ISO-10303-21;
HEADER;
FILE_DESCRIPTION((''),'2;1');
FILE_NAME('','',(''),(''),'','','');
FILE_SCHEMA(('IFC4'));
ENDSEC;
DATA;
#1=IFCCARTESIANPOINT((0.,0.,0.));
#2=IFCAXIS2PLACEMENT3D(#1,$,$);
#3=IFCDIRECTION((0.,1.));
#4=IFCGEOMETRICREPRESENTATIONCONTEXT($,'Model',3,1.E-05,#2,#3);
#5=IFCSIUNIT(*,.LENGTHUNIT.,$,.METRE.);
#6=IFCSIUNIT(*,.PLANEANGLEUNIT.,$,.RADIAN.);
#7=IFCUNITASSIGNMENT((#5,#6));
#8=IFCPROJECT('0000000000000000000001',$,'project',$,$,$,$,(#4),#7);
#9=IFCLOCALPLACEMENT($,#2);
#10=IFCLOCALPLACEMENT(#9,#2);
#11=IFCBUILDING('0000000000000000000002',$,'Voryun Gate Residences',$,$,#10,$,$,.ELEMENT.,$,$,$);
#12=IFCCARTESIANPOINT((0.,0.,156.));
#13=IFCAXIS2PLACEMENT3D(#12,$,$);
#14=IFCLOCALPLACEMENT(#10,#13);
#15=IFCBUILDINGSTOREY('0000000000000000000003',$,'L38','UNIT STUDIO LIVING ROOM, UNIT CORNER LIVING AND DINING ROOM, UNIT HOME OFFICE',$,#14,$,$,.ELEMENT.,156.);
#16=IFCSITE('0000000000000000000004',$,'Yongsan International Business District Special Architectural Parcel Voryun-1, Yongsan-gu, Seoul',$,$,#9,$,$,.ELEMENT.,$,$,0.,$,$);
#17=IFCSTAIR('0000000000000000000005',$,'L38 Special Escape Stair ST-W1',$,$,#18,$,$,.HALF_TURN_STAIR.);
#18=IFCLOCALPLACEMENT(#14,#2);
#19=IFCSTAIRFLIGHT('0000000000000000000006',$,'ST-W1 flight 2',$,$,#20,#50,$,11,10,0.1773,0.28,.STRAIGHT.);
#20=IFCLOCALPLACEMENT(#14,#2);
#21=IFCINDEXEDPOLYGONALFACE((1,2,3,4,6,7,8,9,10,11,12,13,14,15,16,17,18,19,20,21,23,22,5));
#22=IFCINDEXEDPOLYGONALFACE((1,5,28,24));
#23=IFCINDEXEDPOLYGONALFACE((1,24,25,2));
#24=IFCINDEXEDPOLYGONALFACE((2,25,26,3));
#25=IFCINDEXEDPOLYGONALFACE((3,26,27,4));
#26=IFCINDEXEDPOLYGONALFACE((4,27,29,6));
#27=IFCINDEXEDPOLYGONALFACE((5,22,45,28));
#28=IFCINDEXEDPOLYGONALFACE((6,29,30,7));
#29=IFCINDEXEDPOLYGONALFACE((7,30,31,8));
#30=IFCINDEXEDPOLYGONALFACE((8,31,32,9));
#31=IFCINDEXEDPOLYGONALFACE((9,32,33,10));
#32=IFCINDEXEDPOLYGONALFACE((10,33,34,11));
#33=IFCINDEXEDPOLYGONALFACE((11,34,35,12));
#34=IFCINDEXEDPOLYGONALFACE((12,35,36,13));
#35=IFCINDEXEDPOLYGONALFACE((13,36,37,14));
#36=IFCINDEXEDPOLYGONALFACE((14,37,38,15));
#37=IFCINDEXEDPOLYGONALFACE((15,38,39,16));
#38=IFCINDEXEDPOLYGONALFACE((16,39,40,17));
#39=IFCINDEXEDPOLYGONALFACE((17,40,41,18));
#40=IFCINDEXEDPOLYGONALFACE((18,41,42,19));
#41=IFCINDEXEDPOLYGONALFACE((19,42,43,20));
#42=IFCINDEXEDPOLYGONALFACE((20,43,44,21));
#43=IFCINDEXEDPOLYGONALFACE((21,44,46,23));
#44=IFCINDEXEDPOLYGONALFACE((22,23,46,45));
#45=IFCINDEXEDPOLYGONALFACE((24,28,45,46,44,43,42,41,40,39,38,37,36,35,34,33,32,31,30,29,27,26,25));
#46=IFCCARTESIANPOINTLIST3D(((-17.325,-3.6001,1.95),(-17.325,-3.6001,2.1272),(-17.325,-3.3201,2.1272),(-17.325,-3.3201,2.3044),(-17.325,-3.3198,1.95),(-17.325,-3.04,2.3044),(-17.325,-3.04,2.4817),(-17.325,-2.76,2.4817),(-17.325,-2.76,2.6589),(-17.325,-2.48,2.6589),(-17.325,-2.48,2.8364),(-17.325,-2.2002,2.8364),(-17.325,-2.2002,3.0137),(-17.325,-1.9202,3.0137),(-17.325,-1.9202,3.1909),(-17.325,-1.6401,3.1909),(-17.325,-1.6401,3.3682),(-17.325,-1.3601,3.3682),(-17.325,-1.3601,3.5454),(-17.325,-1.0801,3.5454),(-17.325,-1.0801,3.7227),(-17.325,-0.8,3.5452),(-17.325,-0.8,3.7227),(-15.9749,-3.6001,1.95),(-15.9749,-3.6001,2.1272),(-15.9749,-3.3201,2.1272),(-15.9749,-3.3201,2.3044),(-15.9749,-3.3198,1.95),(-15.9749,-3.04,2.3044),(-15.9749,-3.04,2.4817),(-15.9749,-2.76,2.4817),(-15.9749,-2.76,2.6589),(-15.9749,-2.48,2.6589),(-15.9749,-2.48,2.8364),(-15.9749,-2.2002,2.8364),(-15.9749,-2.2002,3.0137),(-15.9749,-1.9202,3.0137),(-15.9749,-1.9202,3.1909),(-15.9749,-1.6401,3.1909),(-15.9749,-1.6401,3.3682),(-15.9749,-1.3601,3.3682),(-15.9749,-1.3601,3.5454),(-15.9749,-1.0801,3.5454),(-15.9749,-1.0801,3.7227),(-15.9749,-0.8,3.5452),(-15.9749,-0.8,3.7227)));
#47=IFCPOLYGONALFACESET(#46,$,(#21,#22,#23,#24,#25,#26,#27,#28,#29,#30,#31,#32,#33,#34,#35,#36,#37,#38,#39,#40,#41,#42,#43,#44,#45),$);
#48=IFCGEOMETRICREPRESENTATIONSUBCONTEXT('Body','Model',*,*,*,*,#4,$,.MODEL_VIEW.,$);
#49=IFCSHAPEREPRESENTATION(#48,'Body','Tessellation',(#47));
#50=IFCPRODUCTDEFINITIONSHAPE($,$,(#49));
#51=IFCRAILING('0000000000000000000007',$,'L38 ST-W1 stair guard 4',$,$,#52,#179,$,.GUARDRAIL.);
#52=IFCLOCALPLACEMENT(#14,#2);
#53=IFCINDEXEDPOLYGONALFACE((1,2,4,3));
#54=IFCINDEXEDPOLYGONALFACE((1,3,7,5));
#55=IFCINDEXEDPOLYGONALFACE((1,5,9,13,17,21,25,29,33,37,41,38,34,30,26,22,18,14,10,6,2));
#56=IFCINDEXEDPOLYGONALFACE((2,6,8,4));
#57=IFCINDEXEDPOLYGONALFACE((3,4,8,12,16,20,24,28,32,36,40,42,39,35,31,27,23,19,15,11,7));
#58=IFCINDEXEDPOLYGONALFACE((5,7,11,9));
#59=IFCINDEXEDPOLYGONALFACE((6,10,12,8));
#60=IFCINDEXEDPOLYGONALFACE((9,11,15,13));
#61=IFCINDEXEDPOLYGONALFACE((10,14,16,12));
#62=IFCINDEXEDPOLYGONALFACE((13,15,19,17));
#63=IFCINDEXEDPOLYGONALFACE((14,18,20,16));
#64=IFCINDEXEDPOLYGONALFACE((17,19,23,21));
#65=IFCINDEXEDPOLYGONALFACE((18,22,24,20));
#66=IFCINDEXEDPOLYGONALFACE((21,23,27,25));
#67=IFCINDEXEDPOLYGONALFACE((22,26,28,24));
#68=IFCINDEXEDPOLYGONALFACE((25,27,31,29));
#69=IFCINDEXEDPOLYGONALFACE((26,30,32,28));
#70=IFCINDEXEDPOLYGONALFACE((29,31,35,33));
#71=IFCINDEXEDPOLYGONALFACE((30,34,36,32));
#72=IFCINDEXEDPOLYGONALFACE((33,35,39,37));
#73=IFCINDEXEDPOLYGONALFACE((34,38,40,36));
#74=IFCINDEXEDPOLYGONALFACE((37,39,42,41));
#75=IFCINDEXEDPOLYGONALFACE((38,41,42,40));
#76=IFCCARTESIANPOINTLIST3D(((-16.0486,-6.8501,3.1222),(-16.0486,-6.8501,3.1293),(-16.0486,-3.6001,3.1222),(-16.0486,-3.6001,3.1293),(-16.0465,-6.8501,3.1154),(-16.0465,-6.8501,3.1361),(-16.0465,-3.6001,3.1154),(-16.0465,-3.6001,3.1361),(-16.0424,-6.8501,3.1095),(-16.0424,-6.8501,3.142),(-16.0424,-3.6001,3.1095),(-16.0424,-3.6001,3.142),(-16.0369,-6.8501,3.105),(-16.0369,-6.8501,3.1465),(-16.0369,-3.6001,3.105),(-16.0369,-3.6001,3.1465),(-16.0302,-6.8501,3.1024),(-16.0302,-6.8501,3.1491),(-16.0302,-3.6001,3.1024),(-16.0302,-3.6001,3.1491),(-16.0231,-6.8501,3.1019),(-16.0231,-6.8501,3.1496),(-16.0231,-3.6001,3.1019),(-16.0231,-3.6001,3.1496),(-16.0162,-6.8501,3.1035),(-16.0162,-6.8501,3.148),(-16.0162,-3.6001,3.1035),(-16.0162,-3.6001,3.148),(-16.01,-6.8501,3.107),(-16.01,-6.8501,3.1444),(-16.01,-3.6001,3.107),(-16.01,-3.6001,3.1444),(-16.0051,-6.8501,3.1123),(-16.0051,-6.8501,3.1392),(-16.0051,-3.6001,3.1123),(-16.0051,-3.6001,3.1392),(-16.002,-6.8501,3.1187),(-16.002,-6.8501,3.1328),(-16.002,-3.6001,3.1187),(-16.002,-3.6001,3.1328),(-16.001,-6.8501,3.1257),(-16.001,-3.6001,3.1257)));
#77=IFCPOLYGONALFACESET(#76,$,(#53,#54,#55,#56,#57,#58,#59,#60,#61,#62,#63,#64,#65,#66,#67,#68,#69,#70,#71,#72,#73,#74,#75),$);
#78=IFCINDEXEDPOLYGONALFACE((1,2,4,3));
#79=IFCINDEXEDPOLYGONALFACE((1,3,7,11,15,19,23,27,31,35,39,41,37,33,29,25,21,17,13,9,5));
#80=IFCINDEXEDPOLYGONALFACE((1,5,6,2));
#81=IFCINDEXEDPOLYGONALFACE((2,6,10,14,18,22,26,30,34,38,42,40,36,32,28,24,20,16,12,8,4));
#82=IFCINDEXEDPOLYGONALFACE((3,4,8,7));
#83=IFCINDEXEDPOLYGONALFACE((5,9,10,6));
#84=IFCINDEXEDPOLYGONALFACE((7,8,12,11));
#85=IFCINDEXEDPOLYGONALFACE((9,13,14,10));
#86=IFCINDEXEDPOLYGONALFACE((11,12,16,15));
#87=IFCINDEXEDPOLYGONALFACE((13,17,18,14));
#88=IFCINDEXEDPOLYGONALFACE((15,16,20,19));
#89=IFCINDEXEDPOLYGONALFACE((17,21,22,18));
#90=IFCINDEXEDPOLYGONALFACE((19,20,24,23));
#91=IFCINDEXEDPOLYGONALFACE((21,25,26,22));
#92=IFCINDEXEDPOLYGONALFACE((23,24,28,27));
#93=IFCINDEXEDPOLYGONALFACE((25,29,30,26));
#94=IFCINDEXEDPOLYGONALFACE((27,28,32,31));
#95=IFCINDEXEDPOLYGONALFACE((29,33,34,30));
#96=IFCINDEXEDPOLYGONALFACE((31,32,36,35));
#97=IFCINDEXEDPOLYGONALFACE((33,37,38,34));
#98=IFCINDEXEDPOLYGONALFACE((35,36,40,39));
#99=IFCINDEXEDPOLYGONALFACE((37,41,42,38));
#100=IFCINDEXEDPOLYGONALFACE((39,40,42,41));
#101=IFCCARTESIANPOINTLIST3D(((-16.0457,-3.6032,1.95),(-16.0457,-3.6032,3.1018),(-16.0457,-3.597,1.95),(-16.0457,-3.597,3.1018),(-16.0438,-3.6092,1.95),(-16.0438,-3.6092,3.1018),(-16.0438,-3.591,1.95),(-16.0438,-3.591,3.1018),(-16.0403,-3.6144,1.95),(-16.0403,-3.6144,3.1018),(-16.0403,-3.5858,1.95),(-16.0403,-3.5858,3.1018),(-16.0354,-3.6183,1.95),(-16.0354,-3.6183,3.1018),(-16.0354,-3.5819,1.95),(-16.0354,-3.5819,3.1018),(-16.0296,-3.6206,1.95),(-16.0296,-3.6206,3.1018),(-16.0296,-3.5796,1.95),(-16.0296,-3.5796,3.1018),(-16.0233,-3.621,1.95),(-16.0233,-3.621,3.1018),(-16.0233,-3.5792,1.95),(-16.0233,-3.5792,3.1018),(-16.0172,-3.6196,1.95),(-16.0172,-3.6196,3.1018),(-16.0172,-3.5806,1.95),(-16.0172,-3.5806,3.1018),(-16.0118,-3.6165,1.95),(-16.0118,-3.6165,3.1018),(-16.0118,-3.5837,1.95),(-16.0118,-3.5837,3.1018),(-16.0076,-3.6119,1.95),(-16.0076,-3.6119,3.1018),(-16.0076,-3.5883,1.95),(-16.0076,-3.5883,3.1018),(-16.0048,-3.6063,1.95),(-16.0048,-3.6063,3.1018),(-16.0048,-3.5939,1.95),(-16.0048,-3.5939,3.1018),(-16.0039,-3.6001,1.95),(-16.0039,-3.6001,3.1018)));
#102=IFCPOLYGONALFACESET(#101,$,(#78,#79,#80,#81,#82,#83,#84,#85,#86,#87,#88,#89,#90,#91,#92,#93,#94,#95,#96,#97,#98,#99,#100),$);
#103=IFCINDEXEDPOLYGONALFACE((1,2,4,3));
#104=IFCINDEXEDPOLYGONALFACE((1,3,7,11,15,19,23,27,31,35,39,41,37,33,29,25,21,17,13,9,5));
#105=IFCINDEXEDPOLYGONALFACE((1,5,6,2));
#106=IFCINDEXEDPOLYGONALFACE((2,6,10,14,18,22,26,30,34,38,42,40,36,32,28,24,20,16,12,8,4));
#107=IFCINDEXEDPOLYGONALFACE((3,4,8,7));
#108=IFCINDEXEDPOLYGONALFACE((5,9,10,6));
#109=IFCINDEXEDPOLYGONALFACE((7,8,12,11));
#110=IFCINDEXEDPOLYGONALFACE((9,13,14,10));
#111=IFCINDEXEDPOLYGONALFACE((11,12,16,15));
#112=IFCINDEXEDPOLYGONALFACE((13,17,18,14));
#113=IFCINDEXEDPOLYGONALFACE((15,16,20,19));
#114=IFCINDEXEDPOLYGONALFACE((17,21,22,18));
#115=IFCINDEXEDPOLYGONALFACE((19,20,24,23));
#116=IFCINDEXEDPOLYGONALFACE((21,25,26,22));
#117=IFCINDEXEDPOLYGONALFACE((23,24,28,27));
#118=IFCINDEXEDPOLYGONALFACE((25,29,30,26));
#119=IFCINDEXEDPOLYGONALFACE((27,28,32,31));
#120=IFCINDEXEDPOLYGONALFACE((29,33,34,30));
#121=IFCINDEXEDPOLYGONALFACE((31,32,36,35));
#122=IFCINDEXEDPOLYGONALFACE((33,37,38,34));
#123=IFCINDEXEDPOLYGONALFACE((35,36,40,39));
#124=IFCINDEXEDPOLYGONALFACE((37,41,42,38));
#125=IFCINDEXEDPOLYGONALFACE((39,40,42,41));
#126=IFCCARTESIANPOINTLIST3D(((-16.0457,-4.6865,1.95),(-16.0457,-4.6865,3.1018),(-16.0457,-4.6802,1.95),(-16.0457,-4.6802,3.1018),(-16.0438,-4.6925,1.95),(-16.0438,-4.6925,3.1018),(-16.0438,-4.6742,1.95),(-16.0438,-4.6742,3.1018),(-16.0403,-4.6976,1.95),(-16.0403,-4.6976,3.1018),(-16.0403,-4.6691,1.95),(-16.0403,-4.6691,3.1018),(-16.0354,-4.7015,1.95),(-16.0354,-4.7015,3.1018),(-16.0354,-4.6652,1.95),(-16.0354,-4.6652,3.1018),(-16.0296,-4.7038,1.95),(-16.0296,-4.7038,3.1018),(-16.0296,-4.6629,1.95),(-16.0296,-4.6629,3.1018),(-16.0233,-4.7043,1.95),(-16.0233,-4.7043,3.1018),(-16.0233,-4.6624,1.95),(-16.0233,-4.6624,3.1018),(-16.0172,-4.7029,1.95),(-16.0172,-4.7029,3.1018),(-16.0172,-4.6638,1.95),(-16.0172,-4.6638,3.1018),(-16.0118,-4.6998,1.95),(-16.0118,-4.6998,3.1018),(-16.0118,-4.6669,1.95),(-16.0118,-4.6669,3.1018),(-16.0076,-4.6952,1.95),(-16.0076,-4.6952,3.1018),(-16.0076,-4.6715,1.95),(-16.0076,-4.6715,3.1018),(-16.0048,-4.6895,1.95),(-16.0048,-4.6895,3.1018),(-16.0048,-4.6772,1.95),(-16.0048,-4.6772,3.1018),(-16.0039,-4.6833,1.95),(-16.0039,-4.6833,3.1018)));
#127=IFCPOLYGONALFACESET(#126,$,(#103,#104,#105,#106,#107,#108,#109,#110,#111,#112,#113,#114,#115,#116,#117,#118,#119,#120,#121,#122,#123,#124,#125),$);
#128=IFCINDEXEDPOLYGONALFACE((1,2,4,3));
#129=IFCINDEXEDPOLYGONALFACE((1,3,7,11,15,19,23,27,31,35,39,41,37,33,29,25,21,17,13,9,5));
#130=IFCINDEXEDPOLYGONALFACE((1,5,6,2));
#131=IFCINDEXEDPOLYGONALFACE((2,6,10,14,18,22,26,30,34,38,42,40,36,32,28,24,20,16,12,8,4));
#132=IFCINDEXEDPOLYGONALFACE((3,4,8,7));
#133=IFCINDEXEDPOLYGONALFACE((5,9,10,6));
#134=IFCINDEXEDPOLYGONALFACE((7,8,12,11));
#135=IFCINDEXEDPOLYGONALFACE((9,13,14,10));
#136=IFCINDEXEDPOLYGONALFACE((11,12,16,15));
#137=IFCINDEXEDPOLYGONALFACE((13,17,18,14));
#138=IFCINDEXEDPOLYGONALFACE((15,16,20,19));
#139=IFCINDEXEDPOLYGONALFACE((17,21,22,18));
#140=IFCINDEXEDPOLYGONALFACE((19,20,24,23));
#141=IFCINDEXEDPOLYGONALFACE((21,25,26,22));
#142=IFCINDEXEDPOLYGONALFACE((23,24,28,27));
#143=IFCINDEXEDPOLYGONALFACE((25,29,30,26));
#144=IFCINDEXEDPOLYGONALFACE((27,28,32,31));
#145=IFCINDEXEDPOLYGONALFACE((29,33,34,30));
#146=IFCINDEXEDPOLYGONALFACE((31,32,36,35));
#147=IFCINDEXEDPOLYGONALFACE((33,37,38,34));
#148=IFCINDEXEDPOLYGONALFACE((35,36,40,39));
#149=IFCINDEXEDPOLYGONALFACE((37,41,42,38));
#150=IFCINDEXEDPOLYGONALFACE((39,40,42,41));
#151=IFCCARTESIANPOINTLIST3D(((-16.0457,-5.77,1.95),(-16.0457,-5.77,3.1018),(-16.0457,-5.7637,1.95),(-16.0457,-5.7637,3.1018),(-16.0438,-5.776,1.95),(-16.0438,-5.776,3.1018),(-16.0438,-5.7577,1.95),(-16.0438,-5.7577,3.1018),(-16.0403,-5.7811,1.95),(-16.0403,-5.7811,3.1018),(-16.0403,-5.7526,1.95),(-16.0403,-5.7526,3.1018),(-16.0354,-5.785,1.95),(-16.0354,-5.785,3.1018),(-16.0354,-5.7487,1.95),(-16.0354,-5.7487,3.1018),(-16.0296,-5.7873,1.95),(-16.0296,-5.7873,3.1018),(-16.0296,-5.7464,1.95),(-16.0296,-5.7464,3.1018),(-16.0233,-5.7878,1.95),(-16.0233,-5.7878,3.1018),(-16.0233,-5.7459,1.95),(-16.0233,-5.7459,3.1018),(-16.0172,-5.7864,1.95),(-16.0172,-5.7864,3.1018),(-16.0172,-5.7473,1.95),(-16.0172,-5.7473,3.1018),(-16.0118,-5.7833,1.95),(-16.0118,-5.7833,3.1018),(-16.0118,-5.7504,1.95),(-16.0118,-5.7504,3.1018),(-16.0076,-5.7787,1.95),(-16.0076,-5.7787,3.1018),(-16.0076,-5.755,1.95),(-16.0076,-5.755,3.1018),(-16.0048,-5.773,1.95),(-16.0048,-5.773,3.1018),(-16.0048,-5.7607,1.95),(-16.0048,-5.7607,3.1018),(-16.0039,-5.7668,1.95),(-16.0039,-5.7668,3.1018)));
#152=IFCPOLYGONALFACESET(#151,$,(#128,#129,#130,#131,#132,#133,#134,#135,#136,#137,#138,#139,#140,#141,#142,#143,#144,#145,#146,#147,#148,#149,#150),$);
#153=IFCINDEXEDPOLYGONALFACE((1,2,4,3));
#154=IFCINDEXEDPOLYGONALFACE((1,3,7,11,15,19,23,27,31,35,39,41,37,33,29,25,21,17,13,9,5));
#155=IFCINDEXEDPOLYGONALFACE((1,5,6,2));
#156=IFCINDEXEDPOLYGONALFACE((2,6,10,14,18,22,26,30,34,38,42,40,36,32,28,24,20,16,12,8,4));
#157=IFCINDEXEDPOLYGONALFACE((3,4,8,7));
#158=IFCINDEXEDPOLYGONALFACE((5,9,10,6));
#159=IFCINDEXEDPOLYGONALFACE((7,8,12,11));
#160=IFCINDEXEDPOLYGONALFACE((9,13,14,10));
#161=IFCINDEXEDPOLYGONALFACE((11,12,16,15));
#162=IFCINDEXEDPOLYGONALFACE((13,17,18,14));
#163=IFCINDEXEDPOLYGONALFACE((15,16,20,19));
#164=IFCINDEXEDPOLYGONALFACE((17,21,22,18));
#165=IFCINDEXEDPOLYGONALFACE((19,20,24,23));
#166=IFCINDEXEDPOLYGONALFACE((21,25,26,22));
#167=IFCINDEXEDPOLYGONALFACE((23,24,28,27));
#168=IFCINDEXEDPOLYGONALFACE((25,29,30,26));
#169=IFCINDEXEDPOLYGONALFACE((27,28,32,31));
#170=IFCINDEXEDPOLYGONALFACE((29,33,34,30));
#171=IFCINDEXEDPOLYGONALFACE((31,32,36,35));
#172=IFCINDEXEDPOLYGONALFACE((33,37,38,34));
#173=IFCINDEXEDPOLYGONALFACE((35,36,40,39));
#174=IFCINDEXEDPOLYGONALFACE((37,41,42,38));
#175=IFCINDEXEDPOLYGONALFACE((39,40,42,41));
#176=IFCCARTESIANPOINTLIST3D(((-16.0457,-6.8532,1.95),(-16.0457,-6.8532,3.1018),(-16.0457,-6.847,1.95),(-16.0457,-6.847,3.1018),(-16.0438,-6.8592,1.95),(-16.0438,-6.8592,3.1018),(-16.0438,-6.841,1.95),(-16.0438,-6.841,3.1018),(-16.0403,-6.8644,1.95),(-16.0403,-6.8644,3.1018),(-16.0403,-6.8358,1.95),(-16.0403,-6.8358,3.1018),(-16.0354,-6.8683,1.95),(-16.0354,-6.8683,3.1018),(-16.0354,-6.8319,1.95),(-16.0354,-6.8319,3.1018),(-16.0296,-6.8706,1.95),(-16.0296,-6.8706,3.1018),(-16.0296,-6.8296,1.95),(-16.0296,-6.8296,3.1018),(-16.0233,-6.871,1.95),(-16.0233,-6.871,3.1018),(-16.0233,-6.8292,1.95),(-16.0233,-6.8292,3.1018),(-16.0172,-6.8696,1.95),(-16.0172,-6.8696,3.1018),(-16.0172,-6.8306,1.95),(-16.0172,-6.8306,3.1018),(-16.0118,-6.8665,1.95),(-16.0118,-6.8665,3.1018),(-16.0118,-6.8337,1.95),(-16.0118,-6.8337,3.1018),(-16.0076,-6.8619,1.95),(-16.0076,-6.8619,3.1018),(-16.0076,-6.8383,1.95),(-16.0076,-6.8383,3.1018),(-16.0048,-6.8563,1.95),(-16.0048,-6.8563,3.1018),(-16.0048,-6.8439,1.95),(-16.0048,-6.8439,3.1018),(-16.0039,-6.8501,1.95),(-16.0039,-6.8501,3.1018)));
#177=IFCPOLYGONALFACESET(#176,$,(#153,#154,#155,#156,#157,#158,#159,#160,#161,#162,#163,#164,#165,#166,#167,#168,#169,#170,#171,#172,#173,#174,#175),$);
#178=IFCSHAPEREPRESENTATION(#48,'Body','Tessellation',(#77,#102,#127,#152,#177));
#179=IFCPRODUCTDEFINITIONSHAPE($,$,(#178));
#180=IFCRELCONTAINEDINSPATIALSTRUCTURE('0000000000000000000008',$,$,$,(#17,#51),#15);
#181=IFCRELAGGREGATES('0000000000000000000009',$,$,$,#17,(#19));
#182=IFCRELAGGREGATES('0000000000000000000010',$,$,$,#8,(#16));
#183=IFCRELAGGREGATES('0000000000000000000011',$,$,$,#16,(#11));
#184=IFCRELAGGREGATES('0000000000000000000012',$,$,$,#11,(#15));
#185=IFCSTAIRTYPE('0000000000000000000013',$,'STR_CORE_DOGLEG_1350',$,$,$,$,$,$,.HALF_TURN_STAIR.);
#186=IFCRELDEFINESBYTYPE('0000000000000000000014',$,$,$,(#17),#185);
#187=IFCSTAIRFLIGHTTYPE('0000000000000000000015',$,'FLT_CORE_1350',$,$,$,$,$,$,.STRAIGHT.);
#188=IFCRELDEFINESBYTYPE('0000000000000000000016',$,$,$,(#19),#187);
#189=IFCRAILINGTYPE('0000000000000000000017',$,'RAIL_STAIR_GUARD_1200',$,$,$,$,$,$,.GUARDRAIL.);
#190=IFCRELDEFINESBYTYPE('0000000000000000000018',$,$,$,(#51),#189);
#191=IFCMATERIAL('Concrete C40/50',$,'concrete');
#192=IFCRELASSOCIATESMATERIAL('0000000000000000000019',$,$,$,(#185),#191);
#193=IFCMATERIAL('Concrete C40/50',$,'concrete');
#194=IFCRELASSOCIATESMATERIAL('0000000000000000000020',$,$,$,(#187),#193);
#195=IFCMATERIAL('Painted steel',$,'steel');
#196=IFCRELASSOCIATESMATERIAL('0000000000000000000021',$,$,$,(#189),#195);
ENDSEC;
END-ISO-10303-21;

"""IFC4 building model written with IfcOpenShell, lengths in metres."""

from ifc_helpers import new_model, si_unit, direction, frame, origin, origin_2d, place, context, subcontext, project, spatial, polyline, circle, outline, extrude, material, type_object, element, aggregate, save


model = new_model("IFC4")

# Units and contexts
model_context = context("Model", 3, precision=1e-05, world=origin(), true_north=direction((0.0, 1.0)))
body_context = subcontext(model_context, "Body", "Model", "MODEL_VIEW")
ifc_project = project(units=[si_unit("LENGTHUNIT", "METRE"), si_unit("PLANEANGLEUNIT", "RADIAN")], contexts=[model_context])

# Site, building, storey
site_placement = place(None, origin())
site = spatial("IfcSite", under=ifc_project, at=site_placement, Name="Yongsan International Business District Special Architectural Parcel Voryun-1, Yongsan-gu, Seoul", CompositionType="ELEMENT", RefElevation=0.0)
building_placement = place(site_placement, origin())
building = spatial("IfcBuilding", under=site, at=building_placement, Name="Voryun Gate Residences", CompositionType="ELEMENT")
storey_placement = place(building_placement, frame((0.0, 0.0, 156.0)))
storey = spatial("IfcBuildingStorey", under=building, at=storey_placement, Name="L38", Description="UNIT STUDIO LIVING ROOM, UNIT CORNER LIVING AND DINING ROOM, UNIT HOME OFFICE", CompositionType="ELEMENT", Elevation=156.0)

# Stair, stair flight
ifc_material_1 = material(Name="Concrete C40/50", Category="concrete")
stair_type = type_object("IfcStairType", Name="STR_CORE_DOGLEG_1350", PredefinedType="HALF_TURN_STAIR", material=ifc_material_1)
stair_placement = place(storey_placement, origin())
stair = element("IfcStair", 1, at=stair_placement, inside=storey, type_object=stair_type, Name="L38 Special Escape Stair ST-W1", PredefinedType="HALF_TURN_STAIR")
ifc_material_2 = material(Name="Concrete C40/50", Category="concrete")
stair_flight_type = type_object("IfcStairFlightType", Name="FLT_CORE_1350", PredefinedType="STRAIGHT", material=ifc_material_2)
stair_flight_placement = place(storey_placement, frame((-16.6499, -3.6001, 1.95), z_axis=(0.0, 0.0, 1.0), x_axis=(0.0, 1.0, 0.0)))
stair_flight = element("IfcStairFlight", 2, at=stair_flight_placement, type_object=stair_flight_type, Name="ST-W1 flight 2", NumberOfRisers=11, NumberOfTreads=10, PredefinedType="STRAIGHT", RiserHeight=0.1773, TreadLength=0.28, context=body_context, shape_type="SweptSolid", body=[
    extrude(outline(polyline([(0.0, 0.0), (0.0, 0.1772), (0.28, 0.1772), (0.28, 0.3545), (0.5601, 0.3545), (0.5601, 0.5317), (0.8401, 0.5317), (0.8401, 0.709), (1.1201, 0.709), (1.1201, 0.8865), (1.3999, 0.8865), (1.3999, 1.0637), (1.6799, 1.0637), (1.6799, 1.241), (1.96, 1.241), (1.96, 1.4182), (2.24, 1.4182), (2.24, 1.5955), (2.52, 1.5955), (2.52, 1.7727), (2.8, 1.7727), (2.8, 1.95), (2.8, 1.5952), (0.2803, 0.0), (0.0, 0.0)])), frame((0.0, 0.675, 0.0), z_axis=(0.0, -1.0, 0.0), x_axis=(1.0, 0.0, 0.0)), (0.0, 0.0, 1.0), 1.3501),
])
aggregate(stair, [stair_flight])

# Railing
ifc_material_3 = material(Name="Painted steel", Category="steel")
railing_type_1 = type_object("IfcRailingType", Name="RAIL_STAIR_GUARD_1200", PredefinedType="GUARDRAIL", material=ifc_material_3)
railing_1_placement = place(storey_placement, frame((-16.0249, -3.6001, 1.95)))
element("IfcRailing", 3, at=railing_1_placement, inside=storey, type_object=railing_type_1, Name="L38 ST-W1 stair guard 4", PredefinedType="GUARDRAIL", context=body_context, shape_type="SweptSolid", body=[
    extrude(circle(Radius=0.0239, at=origin_2d()), frame((0.0, 0.0, 1.1758), z_axis=(0.0, -1.0, 0.0), x_axis=(1.0, 0.0, 0.0)), (0.0, 0.0, 1.0), 3.25),
    extrude(circle(Radius=0.021, at=origin_2d()), origin(), (0.0, 0.0, 1.0), 1.1519),
    extrude(circle(Radius=0.021, at=origin_2d()), frame((0.0, -1.0833, 0.0)), (0.0, 0.0, 1.0), 1.1519),
    extrude(circle(Radius=0.021, at=origin_2d()), frame((0.0, -2.1667, 0.0)), (0.0, 0.0, 1.0), 1.1519),
    extrude(circle(Radius=0.021, at=origin_2d()), frame((0.0, -3.25, 0.0)), (0.0, 0.0, 1.0), 1.1519),
])

save(model, "model.ifc")
